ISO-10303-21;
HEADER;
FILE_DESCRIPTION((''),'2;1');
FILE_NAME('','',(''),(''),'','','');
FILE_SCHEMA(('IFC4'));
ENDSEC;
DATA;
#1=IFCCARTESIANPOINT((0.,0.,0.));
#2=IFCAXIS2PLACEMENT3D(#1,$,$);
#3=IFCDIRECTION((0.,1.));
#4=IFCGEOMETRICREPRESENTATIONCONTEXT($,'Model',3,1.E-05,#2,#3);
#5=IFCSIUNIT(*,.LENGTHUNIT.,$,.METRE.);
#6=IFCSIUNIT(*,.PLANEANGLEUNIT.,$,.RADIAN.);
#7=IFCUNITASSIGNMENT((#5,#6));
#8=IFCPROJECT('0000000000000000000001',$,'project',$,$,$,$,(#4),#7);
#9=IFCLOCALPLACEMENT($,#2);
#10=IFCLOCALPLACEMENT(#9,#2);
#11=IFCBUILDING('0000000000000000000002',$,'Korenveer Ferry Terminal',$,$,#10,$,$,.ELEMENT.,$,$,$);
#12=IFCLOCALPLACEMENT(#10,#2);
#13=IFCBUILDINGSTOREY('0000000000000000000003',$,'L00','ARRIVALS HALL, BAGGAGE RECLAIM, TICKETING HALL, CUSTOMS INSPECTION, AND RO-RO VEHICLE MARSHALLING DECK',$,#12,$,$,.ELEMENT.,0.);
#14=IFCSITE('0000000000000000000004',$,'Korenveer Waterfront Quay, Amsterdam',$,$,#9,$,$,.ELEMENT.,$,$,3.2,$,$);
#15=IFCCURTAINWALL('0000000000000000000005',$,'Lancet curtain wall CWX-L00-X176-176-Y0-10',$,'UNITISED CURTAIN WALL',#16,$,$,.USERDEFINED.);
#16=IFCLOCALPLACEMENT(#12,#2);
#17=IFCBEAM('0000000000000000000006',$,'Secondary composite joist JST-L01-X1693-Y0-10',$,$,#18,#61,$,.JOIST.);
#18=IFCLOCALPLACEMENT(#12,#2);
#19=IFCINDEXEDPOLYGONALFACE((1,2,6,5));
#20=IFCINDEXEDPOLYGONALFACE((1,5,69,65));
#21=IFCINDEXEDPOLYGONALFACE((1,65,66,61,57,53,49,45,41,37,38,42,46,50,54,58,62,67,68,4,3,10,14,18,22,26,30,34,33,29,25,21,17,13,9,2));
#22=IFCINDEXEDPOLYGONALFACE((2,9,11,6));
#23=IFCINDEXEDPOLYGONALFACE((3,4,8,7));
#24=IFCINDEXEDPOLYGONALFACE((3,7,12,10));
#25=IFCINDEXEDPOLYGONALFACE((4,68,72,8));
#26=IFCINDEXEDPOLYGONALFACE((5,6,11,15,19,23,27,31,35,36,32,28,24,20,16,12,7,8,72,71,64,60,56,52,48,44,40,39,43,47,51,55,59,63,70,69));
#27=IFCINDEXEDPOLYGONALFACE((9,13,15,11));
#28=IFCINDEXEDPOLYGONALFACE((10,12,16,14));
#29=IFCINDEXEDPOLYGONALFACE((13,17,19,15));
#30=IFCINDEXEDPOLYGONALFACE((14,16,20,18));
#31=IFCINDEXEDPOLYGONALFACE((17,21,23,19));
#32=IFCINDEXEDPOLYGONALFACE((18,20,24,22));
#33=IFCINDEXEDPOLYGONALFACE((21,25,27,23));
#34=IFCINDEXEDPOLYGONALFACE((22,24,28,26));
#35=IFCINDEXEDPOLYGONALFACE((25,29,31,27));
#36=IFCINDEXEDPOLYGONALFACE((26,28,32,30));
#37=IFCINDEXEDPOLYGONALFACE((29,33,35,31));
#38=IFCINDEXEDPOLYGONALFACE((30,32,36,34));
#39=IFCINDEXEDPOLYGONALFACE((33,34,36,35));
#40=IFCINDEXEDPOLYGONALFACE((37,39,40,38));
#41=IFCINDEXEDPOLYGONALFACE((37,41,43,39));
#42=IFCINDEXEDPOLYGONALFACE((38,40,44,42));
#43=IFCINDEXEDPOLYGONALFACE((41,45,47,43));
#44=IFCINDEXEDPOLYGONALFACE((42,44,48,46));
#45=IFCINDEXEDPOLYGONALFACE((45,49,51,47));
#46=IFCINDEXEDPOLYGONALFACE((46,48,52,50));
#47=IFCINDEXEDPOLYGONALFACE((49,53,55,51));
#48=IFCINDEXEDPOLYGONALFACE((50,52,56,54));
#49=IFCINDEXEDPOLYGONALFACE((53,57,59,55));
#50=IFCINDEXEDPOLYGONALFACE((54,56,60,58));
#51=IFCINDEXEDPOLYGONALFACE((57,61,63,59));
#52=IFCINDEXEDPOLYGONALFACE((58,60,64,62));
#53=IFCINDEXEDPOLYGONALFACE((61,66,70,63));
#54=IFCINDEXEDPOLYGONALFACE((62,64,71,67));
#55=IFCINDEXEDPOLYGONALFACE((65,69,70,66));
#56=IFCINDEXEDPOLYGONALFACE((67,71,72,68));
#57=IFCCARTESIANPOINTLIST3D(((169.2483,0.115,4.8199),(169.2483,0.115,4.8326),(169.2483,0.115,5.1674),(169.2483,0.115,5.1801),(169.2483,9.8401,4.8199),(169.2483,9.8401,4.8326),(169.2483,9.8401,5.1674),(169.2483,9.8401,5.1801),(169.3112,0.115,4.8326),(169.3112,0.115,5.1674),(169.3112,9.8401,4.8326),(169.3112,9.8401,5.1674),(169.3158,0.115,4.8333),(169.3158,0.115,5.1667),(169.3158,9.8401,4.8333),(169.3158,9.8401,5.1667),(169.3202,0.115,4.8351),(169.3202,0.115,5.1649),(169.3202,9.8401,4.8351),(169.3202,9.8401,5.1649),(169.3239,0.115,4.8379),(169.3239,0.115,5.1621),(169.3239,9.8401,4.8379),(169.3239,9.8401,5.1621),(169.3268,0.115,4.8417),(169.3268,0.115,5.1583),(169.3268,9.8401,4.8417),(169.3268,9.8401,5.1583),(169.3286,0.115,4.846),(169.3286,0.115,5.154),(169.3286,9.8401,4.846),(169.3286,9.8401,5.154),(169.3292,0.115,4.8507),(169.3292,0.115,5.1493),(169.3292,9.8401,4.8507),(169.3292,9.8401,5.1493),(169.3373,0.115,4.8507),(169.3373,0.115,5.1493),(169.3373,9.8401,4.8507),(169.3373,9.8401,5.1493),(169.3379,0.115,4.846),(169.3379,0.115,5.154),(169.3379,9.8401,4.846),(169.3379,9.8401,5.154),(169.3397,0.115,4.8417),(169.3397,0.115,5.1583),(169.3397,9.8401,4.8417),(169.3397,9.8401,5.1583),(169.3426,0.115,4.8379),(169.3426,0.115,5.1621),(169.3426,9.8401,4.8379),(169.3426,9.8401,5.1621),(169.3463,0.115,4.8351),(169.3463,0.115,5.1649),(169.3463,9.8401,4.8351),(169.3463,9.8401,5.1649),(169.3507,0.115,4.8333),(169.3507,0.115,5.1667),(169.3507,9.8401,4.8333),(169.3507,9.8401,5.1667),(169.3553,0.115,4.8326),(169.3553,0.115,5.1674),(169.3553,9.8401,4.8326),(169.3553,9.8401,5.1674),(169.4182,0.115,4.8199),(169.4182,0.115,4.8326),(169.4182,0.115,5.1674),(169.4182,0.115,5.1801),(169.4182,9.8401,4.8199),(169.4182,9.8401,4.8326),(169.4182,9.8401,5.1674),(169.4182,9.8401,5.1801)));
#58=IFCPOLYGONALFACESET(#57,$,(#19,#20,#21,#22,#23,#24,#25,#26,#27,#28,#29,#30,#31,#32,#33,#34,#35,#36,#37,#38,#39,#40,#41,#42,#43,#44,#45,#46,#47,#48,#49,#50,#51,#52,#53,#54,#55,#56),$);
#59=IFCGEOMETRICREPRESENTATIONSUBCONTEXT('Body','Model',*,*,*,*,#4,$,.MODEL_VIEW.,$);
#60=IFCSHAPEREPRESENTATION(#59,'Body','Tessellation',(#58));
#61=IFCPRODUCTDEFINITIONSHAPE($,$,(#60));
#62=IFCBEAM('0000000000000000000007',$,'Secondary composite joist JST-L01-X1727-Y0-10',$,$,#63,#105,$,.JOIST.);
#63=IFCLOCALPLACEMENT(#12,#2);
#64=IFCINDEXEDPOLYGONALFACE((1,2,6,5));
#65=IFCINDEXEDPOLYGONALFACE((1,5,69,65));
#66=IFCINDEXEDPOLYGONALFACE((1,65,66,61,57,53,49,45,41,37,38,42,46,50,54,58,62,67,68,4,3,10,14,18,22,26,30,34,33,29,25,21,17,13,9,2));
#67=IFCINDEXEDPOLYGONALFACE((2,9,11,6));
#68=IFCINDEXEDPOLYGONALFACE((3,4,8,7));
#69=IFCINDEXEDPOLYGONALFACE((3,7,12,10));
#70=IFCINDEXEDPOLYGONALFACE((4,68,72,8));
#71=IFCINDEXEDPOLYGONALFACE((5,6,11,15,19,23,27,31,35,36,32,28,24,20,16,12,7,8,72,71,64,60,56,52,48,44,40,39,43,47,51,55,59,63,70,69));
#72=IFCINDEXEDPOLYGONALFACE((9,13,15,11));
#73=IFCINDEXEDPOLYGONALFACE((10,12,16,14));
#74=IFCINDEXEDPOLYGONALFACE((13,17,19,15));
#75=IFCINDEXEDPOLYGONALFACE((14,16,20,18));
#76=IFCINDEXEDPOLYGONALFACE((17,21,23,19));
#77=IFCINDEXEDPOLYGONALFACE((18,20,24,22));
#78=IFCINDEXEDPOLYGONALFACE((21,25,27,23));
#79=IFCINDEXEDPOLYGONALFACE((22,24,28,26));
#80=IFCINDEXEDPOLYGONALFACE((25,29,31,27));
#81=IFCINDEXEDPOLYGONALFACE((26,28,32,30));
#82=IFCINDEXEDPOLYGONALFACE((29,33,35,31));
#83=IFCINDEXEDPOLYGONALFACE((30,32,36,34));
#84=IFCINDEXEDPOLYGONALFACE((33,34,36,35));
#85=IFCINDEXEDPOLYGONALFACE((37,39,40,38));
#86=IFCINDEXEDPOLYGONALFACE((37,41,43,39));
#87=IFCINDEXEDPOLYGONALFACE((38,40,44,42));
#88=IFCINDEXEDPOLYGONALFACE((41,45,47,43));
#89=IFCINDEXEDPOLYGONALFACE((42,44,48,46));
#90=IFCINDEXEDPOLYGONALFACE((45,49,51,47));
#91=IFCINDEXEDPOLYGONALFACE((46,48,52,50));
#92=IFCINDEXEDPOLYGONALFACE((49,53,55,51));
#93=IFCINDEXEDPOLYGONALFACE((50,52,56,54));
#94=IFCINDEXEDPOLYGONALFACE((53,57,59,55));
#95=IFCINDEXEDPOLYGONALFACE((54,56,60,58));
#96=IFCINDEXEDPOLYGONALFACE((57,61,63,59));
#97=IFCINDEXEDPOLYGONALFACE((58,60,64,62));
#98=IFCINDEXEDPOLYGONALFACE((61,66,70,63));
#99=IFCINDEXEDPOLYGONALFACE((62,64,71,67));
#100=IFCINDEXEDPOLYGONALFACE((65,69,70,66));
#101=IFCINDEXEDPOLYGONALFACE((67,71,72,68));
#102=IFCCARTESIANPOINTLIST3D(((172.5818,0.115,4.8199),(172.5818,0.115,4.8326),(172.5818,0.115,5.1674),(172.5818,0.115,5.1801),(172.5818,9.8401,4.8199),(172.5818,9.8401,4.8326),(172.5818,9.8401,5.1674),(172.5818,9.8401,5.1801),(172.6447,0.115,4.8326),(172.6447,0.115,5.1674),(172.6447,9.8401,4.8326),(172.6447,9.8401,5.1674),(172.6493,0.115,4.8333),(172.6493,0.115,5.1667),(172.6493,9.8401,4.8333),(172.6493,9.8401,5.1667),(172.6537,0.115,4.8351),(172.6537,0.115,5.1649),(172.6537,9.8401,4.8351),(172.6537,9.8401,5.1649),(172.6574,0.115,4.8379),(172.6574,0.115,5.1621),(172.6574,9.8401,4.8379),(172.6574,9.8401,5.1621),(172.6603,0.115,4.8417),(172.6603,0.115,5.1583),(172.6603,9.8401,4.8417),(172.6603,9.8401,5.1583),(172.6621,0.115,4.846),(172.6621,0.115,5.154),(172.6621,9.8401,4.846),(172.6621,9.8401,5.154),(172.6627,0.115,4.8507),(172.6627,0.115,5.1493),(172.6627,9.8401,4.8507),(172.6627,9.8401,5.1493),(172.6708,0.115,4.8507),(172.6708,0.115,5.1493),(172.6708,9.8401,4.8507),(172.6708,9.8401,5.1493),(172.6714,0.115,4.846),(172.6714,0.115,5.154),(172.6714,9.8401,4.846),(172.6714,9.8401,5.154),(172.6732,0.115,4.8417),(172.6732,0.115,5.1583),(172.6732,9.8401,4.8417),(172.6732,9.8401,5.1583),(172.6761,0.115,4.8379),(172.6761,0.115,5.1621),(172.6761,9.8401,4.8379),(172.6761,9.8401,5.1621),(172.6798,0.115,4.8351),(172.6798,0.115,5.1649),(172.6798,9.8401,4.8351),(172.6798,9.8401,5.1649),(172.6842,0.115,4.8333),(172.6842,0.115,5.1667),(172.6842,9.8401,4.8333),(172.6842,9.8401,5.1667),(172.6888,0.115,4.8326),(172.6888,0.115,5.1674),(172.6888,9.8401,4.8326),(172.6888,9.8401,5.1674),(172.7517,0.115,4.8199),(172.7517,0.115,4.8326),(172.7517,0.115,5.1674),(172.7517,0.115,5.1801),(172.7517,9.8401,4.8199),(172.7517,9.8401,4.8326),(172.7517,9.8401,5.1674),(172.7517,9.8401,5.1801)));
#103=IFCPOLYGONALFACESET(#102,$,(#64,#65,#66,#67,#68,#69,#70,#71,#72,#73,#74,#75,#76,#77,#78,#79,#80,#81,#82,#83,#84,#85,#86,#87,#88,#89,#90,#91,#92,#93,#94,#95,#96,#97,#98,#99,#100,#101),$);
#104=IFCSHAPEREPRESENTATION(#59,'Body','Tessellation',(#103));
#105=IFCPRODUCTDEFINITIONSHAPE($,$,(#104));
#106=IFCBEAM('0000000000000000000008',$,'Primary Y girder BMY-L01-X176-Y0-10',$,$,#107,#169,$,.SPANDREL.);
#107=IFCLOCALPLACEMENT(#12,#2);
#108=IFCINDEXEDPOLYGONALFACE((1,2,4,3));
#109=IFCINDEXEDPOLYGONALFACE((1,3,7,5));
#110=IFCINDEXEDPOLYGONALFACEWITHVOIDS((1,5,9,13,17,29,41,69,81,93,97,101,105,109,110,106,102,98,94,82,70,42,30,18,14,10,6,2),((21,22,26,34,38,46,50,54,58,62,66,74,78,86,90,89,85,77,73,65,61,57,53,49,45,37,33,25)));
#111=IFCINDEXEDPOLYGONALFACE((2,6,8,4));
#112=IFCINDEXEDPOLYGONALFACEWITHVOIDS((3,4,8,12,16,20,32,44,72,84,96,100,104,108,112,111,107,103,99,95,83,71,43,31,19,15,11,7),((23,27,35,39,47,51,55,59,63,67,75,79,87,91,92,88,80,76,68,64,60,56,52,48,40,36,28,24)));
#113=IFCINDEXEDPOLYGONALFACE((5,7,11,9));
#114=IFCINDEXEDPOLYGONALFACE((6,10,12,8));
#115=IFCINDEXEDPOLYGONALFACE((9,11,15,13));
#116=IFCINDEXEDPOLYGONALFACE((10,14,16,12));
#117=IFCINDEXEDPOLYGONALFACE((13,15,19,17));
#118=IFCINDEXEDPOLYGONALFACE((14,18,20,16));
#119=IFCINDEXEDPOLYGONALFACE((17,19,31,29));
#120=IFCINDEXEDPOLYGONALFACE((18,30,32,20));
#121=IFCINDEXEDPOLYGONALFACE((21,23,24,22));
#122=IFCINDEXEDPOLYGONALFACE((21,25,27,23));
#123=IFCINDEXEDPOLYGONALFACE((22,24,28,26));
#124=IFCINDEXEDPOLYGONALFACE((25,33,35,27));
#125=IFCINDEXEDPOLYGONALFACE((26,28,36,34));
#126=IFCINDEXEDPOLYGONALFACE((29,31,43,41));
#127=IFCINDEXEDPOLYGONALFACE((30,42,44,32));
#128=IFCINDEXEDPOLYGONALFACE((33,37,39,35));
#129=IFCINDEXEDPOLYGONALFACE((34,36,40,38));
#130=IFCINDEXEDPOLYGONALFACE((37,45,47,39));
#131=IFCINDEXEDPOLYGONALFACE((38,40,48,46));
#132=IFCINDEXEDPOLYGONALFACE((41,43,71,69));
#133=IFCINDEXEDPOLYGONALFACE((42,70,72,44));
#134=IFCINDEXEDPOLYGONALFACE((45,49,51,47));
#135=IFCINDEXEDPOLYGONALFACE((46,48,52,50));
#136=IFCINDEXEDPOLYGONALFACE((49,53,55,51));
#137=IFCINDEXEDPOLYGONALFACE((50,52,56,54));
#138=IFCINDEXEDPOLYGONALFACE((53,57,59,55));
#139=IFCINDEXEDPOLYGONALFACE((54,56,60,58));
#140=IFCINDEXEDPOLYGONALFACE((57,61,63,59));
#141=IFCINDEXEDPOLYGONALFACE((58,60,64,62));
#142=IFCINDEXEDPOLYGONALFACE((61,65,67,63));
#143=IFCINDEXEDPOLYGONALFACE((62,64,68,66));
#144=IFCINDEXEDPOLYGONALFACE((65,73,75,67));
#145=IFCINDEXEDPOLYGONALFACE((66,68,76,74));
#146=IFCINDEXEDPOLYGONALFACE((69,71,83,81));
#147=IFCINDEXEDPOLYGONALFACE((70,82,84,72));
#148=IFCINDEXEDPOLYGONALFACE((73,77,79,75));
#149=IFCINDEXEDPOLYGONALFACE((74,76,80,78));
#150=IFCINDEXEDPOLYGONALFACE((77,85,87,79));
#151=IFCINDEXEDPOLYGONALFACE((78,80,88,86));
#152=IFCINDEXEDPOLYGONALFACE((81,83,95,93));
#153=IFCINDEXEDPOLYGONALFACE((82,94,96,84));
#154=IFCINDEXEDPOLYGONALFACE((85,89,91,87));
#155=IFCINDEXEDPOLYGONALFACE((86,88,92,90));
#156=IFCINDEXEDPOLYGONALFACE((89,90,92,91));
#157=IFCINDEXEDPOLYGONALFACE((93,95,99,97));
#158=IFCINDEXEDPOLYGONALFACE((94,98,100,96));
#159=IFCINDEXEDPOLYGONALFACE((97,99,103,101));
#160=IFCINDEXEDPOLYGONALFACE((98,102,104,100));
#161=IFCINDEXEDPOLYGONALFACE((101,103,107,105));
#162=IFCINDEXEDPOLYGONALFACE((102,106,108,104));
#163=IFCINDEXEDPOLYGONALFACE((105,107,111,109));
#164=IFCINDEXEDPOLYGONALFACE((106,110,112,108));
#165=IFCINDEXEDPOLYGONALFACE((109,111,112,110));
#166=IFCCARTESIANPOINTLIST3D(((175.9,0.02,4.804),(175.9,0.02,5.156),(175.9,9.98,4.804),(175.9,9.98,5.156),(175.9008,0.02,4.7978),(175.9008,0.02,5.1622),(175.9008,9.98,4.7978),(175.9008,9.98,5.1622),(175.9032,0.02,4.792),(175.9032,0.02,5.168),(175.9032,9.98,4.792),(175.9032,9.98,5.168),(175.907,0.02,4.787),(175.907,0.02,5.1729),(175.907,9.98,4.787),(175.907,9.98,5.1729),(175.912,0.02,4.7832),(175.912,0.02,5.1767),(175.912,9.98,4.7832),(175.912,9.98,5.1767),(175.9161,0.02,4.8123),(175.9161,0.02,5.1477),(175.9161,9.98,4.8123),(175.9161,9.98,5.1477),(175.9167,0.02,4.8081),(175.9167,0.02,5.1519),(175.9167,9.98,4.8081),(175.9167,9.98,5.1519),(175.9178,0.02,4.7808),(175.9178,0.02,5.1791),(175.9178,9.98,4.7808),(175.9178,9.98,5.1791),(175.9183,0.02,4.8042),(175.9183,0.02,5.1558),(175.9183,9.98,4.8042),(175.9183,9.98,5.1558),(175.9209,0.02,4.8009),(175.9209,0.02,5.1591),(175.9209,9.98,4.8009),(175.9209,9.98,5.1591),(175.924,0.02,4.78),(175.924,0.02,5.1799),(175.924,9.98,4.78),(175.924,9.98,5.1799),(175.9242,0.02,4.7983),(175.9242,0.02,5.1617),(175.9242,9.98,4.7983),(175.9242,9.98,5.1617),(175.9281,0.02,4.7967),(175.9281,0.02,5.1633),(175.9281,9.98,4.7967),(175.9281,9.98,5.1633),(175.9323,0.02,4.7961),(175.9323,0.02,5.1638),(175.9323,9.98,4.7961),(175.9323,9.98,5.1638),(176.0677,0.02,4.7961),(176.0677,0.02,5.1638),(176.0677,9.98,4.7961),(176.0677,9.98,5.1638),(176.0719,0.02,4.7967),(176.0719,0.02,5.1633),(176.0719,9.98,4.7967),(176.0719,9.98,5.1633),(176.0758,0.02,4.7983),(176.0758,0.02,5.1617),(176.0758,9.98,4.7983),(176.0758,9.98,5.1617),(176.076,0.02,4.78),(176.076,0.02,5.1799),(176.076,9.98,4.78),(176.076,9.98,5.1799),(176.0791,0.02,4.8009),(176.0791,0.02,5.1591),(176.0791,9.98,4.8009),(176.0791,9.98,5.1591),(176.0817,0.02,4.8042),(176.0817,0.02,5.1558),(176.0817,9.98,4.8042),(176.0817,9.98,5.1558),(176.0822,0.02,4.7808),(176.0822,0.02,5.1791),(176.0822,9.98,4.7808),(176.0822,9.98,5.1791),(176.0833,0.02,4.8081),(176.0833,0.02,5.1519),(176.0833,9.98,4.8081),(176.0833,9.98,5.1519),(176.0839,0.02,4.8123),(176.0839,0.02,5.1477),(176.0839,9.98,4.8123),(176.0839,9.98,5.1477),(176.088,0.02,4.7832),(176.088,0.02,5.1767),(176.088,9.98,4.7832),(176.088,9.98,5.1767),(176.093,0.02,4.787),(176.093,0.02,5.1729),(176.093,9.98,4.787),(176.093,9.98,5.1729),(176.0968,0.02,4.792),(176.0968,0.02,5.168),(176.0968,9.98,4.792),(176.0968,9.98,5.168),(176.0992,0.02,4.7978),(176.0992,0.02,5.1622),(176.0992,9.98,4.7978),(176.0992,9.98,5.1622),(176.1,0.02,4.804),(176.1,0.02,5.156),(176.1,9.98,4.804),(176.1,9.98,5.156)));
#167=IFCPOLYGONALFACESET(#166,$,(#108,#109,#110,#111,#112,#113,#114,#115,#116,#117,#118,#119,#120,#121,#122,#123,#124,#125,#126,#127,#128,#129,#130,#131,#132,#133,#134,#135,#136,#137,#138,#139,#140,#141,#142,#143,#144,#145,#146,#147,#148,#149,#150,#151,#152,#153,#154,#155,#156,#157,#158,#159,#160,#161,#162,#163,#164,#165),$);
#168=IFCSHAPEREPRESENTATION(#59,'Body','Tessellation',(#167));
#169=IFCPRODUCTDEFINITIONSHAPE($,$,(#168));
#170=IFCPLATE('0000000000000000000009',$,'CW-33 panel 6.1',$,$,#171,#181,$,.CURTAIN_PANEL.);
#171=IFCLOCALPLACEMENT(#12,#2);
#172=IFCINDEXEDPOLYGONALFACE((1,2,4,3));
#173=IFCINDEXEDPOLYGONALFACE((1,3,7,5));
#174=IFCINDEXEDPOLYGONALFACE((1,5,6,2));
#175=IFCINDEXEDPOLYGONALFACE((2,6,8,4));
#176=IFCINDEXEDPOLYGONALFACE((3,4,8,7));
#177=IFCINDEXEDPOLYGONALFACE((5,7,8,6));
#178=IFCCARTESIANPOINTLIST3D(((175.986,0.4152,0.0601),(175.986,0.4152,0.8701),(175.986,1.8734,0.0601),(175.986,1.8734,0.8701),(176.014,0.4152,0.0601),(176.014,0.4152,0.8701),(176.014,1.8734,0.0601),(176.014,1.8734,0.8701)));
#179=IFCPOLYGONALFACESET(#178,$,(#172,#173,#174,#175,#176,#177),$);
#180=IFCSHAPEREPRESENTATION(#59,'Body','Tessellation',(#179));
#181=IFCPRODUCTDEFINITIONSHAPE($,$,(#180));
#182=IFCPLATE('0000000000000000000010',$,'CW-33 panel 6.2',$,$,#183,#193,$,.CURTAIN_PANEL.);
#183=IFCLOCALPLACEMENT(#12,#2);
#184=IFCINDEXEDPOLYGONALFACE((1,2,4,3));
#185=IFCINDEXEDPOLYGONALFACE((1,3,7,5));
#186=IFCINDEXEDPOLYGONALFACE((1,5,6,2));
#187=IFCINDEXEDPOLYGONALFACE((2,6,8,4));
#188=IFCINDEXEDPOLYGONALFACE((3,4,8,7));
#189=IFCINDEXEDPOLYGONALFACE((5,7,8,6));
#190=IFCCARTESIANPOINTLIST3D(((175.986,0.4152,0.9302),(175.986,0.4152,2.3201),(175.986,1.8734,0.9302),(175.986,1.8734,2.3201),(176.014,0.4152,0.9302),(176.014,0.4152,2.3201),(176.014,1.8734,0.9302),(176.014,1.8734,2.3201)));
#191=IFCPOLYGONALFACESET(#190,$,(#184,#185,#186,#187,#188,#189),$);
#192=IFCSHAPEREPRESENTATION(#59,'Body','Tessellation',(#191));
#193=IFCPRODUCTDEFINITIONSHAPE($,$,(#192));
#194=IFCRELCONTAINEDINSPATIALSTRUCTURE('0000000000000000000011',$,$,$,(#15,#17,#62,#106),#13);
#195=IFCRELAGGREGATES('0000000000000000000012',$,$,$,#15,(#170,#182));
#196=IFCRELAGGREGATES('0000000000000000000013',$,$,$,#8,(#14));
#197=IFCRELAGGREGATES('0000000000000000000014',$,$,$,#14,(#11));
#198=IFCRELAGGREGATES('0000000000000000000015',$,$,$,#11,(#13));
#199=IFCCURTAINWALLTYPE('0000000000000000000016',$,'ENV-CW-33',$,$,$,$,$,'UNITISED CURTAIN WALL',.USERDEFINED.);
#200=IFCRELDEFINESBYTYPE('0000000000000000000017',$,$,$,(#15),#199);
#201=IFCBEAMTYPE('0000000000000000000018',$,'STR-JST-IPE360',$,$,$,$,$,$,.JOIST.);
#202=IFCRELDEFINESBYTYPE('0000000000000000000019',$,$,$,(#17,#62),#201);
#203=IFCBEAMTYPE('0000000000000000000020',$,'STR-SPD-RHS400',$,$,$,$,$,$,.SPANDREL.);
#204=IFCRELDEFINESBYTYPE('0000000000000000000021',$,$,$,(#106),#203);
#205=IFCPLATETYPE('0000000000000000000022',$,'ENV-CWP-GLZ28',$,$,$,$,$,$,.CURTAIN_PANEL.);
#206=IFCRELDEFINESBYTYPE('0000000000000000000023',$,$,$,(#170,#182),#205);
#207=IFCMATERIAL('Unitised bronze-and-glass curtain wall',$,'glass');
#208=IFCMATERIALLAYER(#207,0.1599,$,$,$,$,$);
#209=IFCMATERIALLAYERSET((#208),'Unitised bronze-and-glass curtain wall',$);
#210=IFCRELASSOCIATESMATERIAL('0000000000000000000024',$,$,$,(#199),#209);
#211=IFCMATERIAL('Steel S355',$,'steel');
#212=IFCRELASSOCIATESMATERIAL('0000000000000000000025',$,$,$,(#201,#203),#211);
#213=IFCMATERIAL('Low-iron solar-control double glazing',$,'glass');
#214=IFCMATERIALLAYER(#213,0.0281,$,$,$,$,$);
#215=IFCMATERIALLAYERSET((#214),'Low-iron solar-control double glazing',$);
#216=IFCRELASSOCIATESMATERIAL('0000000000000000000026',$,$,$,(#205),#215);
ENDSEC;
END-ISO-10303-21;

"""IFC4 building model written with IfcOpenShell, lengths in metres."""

from ifc_helpers import new_model, si_unit, direction, frame, origin, origin_2d, place, context, subcontext, project, spatial, rectangle, hollow_rectangle, i_section, extrude, material, layer, layer_set, material_profile, profile_set, type_object, element, aggregate, save


model = new_model("IFC4")

# Units and contexts
model_context = context("Model", 3, precision=1e-05, world=origin(), true_north=direction((0.0, 1.0)))
body_context = subcontext(model_context, "Body", "Model", "MODEL_VIEW")
ifc_project = project(units=[si_unit("LENGTHUNIT", "METRE"), si_unit("PLANEANGLEUNIT", "RADIAN")], contexts=[model_context])

# Site, building, storey
site_placement = place(None, origin())
site = spatial("IfcSite", under=ifc_project, at=site_placement, Name="Korenveer Waterfront Quay, Amsterdam", CompositionType="ELEMENT", RefElevation=3.2)
building_placement = place(site_placement, origin())
building = spatial("IfcBuilding", under=site, at=building_placement, Name="Korenveer Ferry Terminal", CompositionType="ELEMENT")
storey_placement = place(building_placement, origin())
storey = spatial("IfcBuildingStorey", under=building, at=storey_placement, Name="L00", Description="ARRIVALS HALL, BAGGAGE RECLAIM, TICKETING HALL, CUSTOMS INSPECTION, AND RO-RO VEHICLE MARSHALLING DECK", CompositionType="ELEMENT", Elevation=0.0)

# Curtain wall
ifc_material_1 = material(Name="Unitised bronze-and-glass curtain wall", Category="glass")
ifc_layer_1 = layer(ifc_material_1, 0.1599)
ifc_layer_set_1 = layer_set([ifc_layer_1], Name="Unitised bronze-and-glass curtain wall")
curtain_wall_type = type_object("IfcCurtainWallType", Name="ENV-CW-33", ElementType="UNITISED CURTAIN WALL", PredefinedType="USERDEFINED", material=ifc_layer_set_1)
curtain_wall_placement = place(storey_placement, frame((176.0, 9.645, 0.0)))
curtain_wall = element("IfcCurtainWall", 1, at=curtain_wall_placement, inside=storey, type_object=curtain_wall_type, Name="Lancet curtain wall CWX-L00-X176-176-Y0-10", ObjectType="UNITISED CURTAIN WALL", PredefinedType="USERDEFINED")

# Beams
ifc_material_2 = material(Name="Steel S355", Category="steel")
ifc_material_profile_1 = material_profile(ifc_material_2, i_section(OverallWidth=0.1699, OverallDepth=0.3601, WebThickness=0.0081, FlangeThickness=0.0127, FilletRadius=0.0181, at=origin_2d()), Name="IPE 360")
ifc_profile_set_1 = profile_set([ifc_material_profile_1], Name="Steel S355")
beam_type_1 = type_object("IfcBeamType", Name="STR-JST-IPE360", PredefinedType="JOIST", material=ifc_profile_set_1)
for number, where, z_axis, x_axis, name in (
    (2, (169.3333, 0.115, 5.0), (0.0, 1.0, 0.0), (-1.0, 0.0, 0.0), "Secondary composite joist JST-L01-X1693-Y0-10"),
    (3, (172.6667, 0.115, 5.0), (0.0, 1.0, 0.0), (-1.0, 0.0, 0.0), "Secondary composite joist JST-L01-X1727-Y0-10"),
):
    element("IfcBeam", number, at=place(storey_placement, frame(where, z_axis=z_axis, x_axis=x_axis)), inside=storey, type_object=beam_type_1, Name=name, PredefinedType="JOIST", context=body_context, shape_type="SweptSolid", body=[
        extrude(i_section(OverallWidth=0.1699, OverallDepth=0.3601, WebThickness=0.0081, FlangeThickness=0.0127, FilletRadius=0.0181, at=origin_2d()), origin(), (0.0, 0.0, 1.0), 9.7251),
    ])
ifc_material_profile_2 = material_profile(ifc_material_2, hollow_rectangle(XDim=0.2, YDim=0.3999, WallThickness=0.0161, InnerFilletRadius=0.0161, OuterFilletRadius=0.0239, at=origin_2d()), Name="RHS 400x200x16")
ifc_profile_set_2 = profile_set([ifc_material_profile_2], Name="Steel S355")
beam_type_2 = type_object("IfcBeamType", Name="STR-SPD-RHS400", PredefinedType="SPANDREL", material=ifc_profile_set_2)
beam_1_placement = place(storey_placement, frame((176.0, 0.02, 4.98), z_axis=(0.0, 1.0, 0.0), x_axis=(-1.0, 0.0, 0.0)))
element("IfcBeam", 4, at=beam_1_placement, inside=storey, type_object=beam_type_2, Name="Primary Y girder BMY-L01-X176-Y0-10", PredefinedType="SPANDREL", context=body_context, shape_type="SweptSolid", body=[
    extrude(hollow_rectangle(XDim=0.2, YDim=0.3999, WallThickness=0.0161, InnerFilletRadius=0.0161, OuterFilletRadius=0.0239, at=origin_2d()), origin(), (0.0, 0.0, 1.0), 9.96),
])

# Plates
ifc_material_3 = material(Name="Low-iron solar-control double glazing", Category="glass")
ifc_layer_2 = layer(ifc_material_3, 0.0281)
ifc_layer_set_2 = layer_set([ifc_layer_2], Name="Low-iron solar-control double glazing")
plate_type = type_object("IfcPlateType", Name="ENV-CWP-GLZ28", PredefinedType="CURTAIN_PANEL", material=ifc_layer_set_2)
plate_1_placement = place(storey_placement, frame((176.0, 1.1443, 0.0601), z_axis=(0.0, 0.0, 1.0), x_axis=(0.0, -1.0, 0.0)))
plate_1 = element("IfcPlate", 5, at=plate_1_placement, type_object=plate_type, Name="CW-33 panel 6.1", PredefinedType="CURTAIN_PANEL", context=body_context, shape_type="SweptSolid", body=[
    extrude(rectangle(XDim=1.4583, YDim=0.0281, at=origin_2d()), origin(), (0.0, 0.0, 1.0), 0.8101),
])
plate_2_placement = place(storey_placement, frame((176.0, 1.1443, 0.9302), z_axis=(0.0, 0.0, 1.0), x_axis=(0.0, -1.0, 0.0)))
plate_2 = element("IfcPlate", 6, at=plate_2_placement, type_object=plate_type, Name="CW-33 panel 6.2", PredefinedType="CURTAIN_PANEL", context=body_context, shape_type="SweptSolid", body=[
    extrude(rectangle(XDim=1.4583, YDim=0.0281, at=origin_2d()), origin(), (0.0, 0.0, 1.0), 1.3899),
])
aggregate(curtain_wall, [plate_1, plate_2])

save(model, "model.ifc")
